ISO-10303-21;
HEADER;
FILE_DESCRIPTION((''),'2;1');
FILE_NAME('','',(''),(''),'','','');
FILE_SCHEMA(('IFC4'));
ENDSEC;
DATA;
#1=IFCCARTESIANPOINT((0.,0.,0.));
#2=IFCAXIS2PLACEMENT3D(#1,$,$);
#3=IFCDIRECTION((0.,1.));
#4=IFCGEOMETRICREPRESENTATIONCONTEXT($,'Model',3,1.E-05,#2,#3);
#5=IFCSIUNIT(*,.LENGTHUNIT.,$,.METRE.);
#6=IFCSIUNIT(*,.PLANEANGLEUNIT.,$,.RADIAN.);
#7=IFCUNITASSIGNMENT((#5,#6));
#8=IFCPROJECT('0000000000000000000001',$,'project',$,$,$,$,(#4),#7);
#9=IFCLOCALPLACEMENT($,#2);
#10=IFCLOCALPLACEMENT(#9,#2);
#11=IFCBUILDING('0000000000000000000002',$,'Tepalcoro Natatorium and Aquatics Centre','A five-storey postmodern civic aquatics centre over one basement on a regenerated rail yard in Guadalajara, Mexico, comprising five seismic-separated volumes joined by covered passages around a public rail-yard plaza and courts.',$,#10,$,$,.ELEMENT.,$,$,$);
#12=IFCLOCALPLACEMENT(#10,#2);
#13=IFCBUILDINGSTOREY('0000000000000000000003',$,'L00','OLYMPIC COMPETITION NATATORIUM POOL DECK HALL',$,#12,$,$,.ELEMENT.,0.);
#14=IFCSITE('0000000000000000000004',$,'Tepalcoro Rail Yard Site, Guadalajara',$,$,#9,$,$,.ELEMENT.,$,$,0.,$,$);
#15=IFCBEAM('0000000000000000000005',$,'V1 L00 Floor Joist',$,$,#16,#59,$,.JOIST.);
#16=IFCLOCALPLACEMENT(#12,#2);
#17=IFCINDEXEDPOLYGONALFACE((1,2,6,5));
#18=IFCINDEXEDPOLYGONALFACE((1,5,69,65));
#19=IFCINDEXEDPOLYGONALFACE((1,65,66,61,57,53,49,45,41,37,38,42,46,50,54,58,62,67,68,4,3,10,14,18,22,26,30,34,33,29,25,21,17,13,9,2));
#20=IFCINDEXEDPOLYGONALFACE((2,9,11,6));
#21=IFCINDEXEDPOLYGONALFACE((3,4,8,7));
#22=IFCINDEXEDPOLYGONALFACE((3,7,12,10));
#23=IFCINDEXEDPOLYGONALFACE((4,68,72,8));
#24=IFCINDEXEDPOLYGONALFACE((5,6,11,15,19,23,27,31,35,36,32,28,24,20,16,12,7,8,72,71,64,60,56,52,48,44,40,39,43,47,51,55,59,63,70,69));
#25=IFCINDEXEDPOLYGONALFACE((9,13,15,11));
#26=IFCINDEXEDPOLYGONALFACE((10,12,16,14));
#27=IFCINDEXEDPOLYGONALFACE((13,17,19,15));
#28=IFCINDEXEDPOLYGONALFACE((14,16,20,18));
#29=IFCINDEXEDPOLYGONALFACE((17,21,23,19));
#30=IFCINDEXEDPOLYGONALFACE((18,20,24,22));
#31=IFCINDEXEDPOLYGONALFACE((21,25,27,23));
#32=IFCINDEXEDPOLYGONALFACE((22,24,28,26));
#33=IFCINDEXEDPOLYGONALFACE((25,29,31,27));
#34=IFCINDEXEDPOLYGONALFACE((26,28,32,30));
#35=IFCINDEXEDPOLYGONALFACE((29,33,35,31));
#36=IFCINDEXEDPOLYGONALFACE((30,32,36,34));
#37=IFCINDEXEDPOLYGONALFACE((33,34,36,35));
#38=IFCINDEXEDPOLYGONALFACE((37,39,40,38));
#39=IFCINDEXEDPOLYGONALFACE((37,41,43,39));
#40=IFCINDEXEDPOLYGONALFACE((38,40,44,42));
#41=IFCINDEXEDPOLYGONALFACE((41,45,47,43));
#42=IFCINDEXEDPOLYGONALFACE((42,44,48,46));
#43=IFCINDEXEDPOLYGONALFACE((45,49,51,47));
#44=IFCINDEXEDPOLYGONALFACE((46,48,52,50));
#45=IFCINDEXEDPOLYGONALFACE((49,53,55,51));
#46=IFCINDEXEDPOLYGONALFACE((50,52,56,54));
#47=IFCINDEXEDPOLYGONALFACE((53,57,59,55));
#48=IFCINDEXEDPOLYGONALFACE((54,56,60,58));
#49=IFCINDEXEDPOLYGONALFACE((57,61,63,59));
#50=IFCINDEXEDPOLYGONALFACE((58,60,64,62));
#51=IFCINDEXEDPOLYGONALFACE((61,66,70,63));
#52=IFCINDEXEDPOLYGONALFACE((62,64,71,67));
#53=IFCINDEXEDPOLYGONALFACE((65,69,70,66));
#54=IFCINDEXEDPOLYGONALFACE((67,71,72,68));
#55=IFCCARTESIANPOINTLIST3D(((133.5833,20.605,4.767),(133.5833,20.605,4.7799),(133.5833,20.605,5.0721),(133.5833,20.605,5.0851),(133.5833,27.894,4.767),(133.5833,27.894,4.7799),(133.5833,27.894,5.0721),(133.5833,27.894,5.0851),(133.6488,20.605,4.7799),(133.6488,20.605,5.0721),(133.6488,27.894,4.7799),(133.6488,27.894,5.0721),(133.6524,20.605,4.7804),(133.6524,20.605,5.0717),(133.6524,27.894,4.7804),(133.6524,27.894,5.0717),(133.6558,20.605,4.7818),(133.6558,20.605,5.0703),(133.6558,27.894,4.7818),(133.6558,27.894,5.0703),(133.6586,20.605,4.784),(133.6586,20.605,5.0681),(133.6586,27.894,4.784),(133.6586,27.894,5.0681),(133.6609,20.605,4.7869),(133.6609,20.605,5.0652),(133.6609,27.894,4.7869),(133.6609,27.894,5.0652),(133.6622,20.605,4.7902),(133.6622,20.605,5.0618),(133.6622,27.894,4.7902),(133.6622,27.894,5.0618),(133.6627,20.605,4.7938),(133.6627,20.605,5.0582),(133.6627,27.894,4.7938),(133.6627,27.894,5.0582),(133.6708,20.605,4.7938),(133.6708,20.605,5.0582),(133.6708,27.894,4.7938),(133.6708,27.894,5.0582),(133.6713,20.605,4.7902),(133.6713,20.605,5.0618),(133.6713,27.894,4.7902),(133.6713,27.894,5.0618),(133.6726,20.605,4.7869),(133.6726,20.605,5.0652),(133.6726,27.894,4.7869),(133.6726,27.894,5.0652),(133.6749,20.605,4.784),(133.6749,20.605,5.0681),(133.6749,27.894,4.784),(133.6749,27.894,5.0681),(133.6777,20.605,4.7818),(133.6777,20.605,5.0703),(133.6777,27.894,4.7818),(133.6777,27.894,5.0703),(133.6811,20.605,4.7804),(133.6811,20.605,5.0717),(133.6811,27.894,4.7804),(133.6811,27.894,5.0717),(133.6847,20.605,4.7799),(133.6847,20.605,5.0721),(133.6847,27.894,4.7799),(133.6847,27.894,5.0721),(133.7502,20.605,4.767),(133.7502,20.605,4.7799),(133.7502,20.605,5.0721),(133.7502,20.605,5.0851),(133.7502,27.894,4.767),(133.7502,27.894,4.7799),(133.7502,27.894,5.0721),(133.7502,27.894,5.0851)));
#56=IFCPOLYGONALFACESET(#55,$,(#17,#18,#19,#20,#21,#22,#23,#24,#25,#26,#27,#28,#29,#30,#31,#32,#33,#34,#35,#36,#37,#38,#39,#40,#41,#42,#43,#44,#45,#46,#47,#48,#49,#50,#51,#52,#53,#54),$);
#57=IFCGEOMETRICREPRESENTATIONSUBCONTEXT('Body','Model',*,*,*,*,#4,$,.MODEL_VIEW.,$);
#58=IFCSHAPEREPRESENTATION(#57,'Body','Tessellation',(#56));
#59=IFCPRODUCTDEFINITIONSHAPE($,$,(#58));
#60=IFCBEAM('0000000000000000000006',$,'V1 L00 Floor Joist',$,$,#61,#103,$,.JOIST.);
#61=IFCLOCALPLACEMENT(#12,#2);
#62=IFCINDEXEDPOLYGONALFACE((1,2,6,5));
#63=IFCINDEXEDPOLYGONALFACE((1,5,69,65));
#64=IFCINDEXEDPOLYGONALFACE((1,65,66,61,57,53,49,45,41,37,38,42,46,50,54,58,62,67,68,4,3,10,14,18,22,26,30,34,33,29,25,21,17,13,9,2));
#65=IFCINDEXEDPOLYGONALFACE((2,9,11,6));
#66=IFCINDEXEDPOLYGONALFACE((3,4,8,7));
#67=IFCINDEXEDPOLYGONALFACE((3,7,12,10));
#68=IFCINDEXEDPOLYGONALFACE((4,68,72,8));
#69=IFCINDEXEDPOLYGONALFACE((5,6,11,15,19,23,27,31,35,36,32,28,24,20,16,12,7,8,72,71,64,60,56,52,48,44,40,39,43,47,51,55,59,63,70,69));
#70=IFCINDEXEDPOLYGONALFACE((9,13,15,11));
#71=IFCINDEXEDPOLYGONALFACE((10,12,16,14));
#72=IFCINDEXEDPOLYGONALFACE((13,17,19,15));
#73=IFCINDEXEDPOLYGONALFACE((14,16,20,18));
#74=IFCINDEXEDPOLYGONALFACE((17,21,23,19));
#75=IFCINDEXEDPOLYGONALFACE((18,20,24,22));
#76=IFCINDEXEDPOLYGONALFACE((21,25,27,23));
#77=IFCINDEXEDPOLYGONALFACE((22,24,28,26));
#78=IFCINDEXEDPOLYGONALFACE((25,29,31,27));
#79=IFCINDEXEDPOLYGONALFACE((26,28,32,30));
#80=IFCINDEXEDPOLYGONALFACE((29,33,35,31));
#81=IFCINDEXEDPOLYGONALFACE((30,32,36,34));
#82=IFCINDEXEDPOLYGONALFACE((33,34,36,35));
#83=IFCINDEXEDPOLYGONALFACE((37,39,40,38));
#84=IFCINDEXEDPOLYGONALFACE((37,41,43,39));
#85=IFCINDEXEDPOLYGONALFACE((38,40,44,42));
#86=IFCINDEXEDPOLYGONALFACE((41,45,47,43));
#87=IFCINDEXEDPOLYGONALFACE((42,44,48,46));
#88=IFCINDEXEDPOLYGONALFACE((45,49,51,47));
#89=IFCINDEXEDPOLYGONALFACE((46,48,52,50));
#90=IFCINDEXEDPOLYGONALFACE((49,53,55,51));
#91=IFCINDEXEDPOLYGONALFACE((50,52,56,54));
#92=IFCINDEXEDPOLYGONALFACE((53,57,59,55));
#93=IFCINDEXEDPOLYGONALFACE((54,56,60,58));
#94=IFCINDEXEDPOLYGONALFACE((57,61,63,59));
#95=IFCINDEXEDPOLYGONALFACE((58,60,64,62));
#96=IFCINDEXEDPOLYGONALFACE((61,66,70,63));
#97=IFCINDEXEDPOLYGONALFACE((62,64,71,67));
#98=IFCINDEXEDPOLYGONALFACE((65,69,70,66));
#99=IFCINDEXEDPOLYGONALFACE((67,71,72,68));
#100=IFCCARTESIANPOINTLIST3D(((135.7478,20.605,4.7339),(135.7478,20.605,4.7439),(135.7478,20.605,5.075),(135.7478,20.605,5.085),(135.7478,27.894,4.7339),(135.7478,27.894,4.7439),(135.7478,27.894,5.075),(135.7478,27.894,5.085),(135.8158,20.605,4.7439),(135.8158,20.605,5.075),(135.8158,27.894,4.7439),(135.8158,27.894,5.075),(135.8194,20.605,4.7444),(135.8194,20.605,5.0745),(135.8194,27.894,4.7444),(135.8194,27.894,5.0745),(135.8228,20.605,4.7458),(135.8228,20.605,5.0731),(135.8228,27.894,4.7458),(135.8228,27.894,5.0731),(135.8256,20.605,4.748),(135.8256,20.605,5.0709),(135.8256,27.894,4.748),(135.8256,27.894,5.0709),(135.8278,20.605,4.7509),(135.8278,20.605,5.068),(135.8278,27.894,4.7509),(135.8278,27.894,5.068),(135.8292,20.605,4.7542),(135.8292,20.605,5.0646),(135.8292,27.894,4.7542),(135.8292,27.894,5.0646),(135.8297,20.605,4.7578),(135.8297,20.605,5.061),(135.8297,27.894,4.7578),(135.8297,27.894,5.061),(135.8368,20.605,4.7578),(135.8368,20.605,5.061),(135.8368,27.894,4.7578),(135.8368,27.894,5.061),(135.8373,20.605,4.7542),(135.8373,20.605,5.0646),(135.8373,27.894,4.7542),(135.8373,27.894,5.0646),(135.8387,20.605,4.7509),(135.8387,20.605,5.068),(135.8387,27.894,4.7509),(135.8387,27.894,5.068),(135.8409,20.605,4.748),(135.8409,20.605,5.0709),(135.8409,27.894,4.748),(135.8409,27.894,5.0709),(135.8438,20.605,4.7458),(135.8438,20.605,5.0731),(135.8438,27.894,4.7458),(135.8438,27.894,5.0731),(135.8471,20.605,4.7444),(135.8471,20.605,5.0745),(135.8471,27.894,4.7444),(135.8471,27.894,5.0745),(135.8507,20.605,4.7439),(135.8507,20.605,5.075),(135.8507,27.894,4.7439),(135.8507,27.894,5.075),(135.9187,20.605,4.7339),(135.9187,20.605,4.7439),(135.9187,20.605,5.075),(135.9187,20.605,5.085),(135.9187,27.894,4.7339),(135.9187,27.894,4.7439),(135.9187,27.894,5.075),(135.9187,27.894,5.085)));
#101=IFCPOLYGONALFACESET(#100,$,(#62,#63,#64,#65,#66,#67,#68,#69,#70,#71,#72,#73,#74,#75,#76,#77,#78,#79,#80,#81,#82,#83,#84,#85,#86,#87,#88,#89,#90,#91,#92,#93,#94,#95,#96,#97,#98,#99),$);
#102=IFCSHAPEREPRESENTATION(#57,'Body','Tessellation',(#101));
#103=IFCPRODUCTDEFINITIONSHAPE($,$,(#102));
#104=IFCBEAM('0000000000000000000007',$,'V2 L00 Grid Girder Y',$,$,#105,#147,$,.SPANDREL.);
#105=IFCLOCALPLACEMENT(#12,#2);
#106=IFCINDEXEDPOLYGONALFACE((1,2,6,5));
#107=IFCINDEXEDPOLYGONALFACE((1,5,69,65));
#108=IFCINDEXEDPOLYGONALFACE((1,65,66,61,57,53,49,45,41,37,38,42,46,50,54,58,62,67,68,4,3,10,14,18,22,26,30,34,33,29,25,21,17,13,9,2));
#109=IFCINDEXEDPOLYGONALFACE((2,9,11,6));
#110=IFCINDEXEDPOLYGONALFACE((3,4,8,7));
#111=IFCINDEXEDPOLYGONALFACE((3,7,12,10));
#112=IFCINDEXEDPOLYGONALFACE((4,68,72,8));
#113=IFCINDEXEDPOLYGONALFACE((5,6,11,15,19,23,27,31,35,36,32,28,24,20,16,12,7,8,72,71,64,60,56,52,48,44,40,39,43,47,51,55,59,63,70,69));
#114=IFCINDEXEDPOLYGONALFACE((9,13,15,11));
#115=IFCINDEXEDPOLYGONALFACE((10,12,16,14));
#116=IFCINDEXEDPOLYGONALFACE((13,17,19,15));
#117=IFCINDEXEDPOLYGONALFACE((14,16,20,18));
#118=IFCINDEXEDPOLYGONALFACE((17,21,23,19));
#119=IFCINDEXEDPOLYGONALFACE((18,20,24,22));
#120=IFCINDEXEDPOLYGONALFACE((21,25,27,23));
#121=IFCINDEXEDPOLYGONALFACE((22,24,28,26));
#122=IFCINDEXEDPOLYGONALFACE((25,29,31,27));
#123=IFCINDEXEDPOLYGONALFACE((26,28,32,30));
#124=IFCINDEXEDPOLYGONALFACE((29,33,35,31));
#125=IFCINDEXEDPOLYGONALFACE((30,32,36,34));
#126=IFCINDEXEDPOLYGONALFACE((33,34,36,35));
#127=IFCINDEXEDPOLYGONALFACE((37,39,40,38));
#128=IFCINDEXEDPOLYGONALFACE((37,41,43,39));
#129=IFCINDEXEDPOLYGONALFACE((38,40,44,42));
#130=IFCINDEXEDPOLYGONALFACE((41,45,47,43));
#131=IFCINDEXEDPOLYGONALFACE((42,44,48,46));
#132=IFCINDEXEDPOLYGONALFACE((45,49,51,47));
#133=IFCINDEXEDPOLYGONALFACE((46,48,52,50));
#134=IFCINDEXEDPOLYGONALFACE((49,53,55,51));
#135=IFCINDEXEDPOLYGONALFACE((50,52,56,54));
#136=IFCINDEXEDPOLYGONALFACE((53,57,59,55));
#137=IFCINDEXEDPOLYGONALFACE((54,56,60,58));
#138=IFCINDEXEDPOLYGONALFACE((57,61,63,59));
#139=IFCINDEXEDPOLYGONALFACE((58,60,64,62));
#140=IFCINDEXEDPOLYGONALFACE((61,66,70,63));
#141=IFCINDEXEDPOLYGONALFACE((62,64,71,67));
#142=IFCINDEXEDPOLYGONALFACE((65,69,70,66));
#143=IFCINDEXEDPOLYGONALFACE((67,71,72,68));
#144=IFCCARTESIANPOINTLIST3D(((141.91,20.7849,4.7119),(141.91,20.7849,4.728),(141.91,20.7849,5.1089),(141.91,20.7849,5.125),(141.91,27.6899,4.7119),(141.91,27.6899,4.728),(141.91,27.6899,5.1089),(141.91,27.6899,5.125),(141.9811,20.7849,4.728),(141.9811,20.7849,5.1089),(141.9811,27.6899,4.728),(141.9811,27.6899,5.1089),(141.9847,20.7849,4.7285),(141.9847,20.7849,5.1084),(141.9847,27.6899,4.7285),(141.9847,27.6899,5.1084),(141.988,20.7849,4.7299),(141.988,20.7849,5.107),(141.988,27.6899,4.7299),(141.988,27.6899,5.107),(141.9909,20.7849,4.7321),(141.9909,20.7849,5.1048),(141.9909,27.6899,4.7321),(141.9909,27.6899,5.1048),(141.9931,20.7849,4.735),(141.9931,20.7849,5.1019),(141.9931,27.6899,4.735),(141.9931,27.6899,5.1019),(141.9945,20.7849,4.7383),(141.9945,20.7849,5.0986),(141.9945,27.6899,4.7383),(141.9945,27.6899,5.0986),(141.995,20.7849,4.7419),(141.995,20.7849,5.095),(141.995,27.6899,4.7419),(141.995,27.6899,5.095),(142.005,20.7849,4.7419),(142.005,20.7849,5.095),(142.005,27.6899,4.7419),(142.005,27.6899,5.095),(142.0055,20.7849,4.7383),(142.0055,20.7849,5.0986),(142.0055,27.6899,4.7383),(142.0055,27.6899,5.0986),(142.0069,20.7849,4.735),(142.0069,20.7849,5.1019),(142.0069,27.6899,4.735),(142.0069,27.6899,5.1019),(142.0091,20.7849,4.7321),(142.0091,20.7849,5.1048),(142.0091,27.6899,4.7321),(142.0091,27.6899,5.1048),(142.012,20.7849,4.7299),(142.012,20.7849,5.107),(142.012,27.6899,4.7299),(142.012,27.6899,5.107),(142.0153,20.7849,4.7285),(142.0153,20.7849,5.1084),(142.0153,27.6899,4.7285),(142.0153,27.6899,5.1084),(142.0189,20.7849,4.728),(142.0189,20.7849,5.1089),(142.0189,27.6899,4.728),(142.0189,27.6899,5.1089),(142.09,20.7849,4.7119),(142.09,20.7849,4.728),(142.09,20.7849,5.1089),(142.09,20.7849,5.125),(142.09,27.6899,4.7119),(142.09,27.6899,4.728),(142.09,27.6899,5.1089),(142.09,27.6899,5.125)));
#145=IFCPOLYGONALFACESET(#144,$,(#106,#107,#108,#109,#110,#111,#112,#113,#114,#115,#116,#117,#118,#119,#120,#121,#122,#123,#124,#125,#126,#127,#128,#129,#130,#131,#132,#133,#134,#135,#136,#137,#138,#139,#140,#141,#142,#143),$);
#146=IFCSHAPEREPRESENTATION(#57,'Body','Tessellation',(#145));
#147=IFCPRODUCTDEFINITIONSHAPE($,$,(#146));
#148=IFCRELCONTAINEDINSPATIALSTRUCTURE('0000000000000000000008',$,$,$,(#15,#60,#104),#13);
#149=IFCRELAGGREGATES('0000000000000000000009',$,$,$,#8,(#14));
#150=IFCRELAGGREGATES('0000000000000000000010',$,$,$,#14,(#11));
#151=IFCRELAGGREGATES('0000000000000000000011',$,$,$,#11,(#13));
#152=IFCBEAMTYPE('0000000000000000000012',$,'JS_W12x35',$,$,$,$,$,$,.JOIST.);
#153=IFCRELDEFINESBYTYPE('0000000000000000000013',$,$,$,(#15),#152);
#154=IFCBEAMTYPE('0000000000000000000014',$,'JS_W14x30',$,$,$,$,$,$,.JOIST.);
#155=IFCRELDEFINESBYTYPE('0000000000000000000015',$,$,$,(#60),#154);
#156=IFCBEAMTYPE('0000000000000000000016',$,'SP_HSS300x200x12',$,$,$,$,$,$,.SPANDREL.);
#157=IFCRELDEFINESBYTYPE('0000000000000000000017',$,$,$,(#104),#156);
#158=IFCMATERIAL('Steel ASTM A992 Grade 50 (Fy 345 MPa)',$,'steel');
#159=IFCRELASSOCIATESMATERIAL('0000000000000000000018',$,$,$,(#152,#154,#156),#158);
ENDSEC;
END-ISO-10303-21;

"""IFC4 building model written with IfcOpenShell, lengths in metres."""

from ifc_helpers import new_model, si_unit, direction, frame, origin, origin_2d, place, context, subcontext, project, spatial, i_section, extrude, material, material_profile, profile_set, type_object, element, save


model = new_model("IFC4")

# Units and contexts
model_context = context("Model", 3, precision=1e-05, world=origin(), true_north=direction((0.0, 1.0)))
body_context = subcontext(model_context, "Body", "Model", "MODEL_VIEW")
ifc_project = project(units=[si_unit("LENGTHUNIT", "METRE"), si_unit("PLANEANGLEUNIT", "RADIAN")], contexts=[model_context])

# Site, building, storey
site_placement = place(None, origin())
site = spatial("IfcSite", under=ifc_project, at=site_placement, Name="Tepalcoro Rail Yard Site, Guadalajara", CompositionType="ELEMENT", RefElevation=0.0)
building_placement = place(site_placement, origin())
building = spatial("IfcBuilding", under=site, at=building_placement, Name="Tepalcoro Natatorium and Aquatics Centre", Description="A five-storey postmodern civic aquatics centre over one basement on a regenerated rail yard in Guadalajara, Mexico, comprising five seismic-separated volumes joined by covered passages around a public rail-yard plaza and courts.", CompositionType="ELEMENT")
storey_placement = place(building_placement, origin())
storey = spatial("IfcBuildingStorey", under=building, at=storey_placement, Name="L00", Description="OLYMPIC COMPETITION NATATORIUM POOL DECK HALL", CompositionType="ELEMENT", Elevation=0.0)

# Shared definitions
ifc_material_1 = material(Name="Steel ASTM A992 Grade 50 (Fy 345 MPa)", Category="steel")

# Beams
ifc_material_profile_1 = material_profile(ifc_material_1, i_section(OverallWidth=0.167, OverallDepth=0.3181, WebThickness=0.0081, FlangeThickness=0.0129, FilletRadius=0.0139, at=origin_2d()), Name="W12X35")
ifc_profile_set_1 = profile_set([ifc_material_profile_1], Name="Steel ASTM A992 Grade 50 (Fy 345 MPa)")
beam_type_1 = type_object("IfcBeamType", Name="JS_W12x35", PredefinedType="JOIST", material=ifc_profile_set_1)
beam_1_placement = place(storey_placement, frame((133.6667, 20.605, 4.926), z_axis=(0.0, 1.0, 0.0), x_axis=(-1.0, 0.0, 0.0)))
element("IfcBeam", 1, at=beam_1_placement, inside=storey, type_object=beam_type_1, Name="V1 L00 Floor Joist", PredefinedType="JOIST", context=body_context, shape_type="SweptSolid", body=[
    extrude(i_section(OverallWidth=0.167, OverallDepth=0.3181, WebThickness=0.0081, FlangeThickness=0.0129, FilletRadius=0.0139, at=origin_2d()), origin(), (0.0, 0.0, 1.0), 7.2891),
])
ifc_material_profile_2 = material_profile(ifc_material_1, i_section(OverallWidth=0.1709, OverallDepth=0.3511, WebThickness=0.0071, FlangeThickness=0.01, FilletRadius=0.0139, at=origin_2d()), Name="W14X30")
ifc_profile_set_2 = profile_set([ifc_material_profile_2], Name="Steel ASTM A992 Grade 50 (Fy 345 MPa)")
beam_type_2 = type_object("IfcBeamType", Name="JS_W14x30", PredefinedType="JOIST", material=ifc_profile_set_2)
beam_2_placement = place(storey_placement, frame((135.8333, 20.605, 4.9094), z_axis=(0.0, 1.0, 0.0), x_axis=(-1.0, 0.0, 0.0)))
element("IfcBeam", 2, at=beam_2_placement, inside=storey, type_object=beam_type_2, Name="V1 L00 Floor Joist", PredefinedType="JOIST", context=body_context, shape_type="SweptSolid", body=[
    extrude(i_section(OverallWidth=0.1709, OverallDepth=0.3511, WebThickness=0.0071, FlangeThickness=0.01, FilletRadius=0.0139, at=origin_2d()), origin(), (0.0, 0.0, 1.0), 7.2891),
])
ifc_material_profile_3 = material_profile(ifc_material_1, i_section(OverallWidth=0.1799, OverallDepth=0.4131, WebThickness=0.01, FlangeThickness=0.0161, FilletRadius=0.0139, at=origin_2d()), Name="W16X50")
ifc_profile_set_3 = profile_set([ifc_material_profile_3], Name="Steel ASTM A992 Grade 50 (Fy 345 MPa)")
beam_type_3 = type_object("IfcBeamType", Name="SP_HSS300x200x12", PredefinedType="SPANDREL", material=ifc_profile_set_3)
beam_3_placement = place(storey_placement, frame((142.0, 20.7849, 4.9185), z_axis=(0.0, 1.0, 0.0), x_axis=(-1.0, 0.0, 0.0)))
element("IfcBeam", 3, at=beam_3_placement, inside=storey, type_object=beam_type_3, Name="V2 L00 Grid Girder Y", PredefinedType="SPANDREL", context=body_context, shape_type="SweptSolid", body=[
    extrude(i_section(OverallWidth=0.1799, OverallDepth=0.4131, WebThickness=0.01, FlangeThickness=0.0161, FilletRadius=0.0139, at=origin_2d()), origin(), (0.0, 0.0, 1.0), 6.905),
])

save(model, "model.ifc")
